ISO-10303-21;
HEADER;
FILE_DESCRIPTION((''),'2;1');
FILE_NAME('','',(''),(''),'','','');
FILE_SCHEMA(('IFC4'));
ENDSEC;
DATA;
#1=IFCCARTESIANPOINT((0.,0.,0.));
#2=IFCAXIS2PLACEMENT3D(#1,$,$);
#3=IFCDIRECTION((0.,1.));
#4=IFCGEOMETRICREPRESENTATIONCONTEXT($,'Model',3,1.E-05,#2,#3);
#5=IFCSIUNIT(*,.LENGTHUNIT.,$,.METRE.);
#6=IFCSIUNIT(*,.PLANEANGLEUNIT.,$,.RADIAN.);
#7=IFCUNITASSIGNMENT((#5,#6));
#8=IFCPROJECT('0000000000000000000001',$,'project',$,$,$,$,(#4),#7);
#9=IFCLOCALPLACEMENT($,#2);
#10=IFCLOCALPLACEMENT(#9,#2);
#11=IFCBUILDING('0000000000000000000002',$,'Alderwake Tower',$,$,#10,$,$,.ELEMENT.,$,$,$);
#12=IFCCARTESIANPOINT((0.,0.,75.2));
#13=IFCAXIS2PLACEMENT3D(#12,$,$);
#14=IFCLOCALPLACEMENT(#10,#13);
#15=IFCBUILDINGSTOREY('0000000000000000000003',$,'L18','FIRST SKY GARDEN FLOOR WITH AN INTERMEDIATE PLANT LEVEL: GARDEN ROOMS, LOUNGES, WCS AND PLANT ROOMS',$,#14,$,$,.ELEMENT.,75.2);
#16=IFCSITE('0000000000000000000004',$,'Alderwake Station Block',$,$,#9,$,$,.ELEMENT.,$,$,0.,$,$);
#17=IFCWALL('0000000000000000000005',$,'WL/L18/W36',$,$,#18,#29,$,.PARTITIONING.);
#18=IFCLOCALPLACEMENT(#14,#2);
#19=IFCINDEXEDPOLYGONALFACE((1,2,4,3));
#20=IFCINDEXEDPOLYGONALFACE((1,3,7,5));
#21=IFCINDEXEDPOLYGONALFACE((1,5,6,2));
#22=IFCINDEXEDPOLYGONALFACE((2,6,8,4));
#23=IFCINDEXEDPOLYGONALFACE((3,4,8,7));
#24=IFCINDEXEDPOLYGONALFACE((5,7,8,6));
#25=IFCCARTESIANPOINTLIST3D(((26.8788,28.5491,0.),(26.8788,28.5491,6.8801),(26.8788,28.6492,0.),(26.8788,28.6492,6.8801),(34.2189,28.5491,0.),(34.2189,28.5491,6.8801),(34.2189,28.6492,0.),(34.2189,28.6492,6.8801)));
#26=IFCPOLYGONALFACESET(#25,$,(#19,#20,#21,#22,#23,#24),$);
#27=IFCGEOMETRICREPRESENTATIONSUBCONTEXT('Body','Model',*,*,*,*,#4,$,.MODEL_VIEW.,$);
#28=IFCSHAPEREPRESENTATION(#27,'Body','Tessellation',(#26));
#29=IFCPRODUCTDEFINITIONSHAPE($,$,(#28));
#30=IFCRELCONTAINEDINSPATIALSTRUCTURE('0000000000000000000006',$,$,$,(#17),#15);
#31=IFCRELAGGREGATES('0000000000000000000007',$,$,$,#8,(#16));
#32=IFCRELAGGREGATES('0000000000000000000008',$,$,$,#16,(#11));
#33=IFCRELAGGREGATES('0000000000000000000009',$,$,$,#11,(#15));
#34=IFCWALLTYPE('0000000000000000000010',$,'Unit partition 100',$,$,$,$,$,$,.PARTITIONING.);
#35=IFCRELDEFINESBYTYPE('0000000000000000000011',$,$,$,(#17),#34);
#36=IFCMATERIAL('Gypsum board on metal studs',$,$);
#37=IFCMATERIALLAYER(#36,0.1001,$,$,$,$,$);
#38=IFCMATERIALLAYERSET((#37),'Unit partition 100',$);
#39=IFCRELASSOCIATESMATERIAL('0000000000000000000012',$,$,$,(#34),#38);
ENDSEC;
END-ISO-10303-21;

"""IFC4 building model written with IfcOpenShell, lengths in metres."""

from ifc_helpers import new_model, si_unit, direction, frame, frame_2d, origin, place, context, subcontext, project, spatial, rectangle, extrude, material, layer, layer_set, type_object, element, save


model = new_model("IFC4")

# Units and contexts
model_context = context("Model", 3, precision=1e-05, world=origin(), true_north=direction((0.0, 1.0)))
body_context = subcontext(model_context, "Body", "Model", "MODEL_VIEW")
ifc_project = project(units=[si_unit("LENGTHUNIT", "METRE"), si_unit("PLANEANGLEUNIT", "RADIAN")], contexts=[model_context])

# Site, building, storey
site_placement = place(None, origin())
site = spatial("IfcSite", under=ifc_project, at=site_placement, Name="Alderwake Station Block", CompositionType="ELEMENT", RefElevation=0.0)
building_placement = place(site_placement, origin())
building = spatial("IfcBuilding", under=site, at=building_placement, Name="Alderwake Tower", CompositionType="ELEMENT")
storey_placement = place(building_placement, frame((0.0, 0.0, 75.2)))
storey = spatial("IfcBuildingStorey", under=building, at=storey_placement, Name="L18", Description="FIRST SKY GARDEN FLOOR WITH AN INTERMEDIATE PLANT LEVEL: GARDEN ROOMS, LOUNGES, WCS AND PLANT ROOMS", CompositionType="ELEMENT", Elevation=75.2)

# Wall
ifc_material_1 = material(Name="Gypsum board on metal studs")
ifc_layer_1 = layer(ifc_material_1, 0.1001)
ifc_layer_set_1 = layer_set([ifc_layer_1], Name="Unit partition 100")
wall_type_1 = type_object("IfcWallType", Name="Unit partition 100", PredefinedType="PARTITIONING", material=ifc_layer_set_1)
for number, where, z_axis, x_axis, name in (
    (1, (26.8789, 28.5991, 0.0), (0.0, 0.0, 1.0), (1.0, 0.0, 0.0), "WL/L18/W36"),
):
    element("IfcWall", number, at=place(storey_placement, frame(where, z_axis=z_axis, x_axis=x_axis)), inside=storey, type_object=wall_type_1, Name=name, PredefinedType="PARTITIONING", context=body_context, shape_type="SweptSolid", body=[
        extrude(rectangle(XDim=7.3401, YDim=0.1001, at=frame_2d((3.6699, 0.0))), origin(), (0.0, 0.0, 1.0), 6.8801),
    ])

save(model, "model.ifc")
